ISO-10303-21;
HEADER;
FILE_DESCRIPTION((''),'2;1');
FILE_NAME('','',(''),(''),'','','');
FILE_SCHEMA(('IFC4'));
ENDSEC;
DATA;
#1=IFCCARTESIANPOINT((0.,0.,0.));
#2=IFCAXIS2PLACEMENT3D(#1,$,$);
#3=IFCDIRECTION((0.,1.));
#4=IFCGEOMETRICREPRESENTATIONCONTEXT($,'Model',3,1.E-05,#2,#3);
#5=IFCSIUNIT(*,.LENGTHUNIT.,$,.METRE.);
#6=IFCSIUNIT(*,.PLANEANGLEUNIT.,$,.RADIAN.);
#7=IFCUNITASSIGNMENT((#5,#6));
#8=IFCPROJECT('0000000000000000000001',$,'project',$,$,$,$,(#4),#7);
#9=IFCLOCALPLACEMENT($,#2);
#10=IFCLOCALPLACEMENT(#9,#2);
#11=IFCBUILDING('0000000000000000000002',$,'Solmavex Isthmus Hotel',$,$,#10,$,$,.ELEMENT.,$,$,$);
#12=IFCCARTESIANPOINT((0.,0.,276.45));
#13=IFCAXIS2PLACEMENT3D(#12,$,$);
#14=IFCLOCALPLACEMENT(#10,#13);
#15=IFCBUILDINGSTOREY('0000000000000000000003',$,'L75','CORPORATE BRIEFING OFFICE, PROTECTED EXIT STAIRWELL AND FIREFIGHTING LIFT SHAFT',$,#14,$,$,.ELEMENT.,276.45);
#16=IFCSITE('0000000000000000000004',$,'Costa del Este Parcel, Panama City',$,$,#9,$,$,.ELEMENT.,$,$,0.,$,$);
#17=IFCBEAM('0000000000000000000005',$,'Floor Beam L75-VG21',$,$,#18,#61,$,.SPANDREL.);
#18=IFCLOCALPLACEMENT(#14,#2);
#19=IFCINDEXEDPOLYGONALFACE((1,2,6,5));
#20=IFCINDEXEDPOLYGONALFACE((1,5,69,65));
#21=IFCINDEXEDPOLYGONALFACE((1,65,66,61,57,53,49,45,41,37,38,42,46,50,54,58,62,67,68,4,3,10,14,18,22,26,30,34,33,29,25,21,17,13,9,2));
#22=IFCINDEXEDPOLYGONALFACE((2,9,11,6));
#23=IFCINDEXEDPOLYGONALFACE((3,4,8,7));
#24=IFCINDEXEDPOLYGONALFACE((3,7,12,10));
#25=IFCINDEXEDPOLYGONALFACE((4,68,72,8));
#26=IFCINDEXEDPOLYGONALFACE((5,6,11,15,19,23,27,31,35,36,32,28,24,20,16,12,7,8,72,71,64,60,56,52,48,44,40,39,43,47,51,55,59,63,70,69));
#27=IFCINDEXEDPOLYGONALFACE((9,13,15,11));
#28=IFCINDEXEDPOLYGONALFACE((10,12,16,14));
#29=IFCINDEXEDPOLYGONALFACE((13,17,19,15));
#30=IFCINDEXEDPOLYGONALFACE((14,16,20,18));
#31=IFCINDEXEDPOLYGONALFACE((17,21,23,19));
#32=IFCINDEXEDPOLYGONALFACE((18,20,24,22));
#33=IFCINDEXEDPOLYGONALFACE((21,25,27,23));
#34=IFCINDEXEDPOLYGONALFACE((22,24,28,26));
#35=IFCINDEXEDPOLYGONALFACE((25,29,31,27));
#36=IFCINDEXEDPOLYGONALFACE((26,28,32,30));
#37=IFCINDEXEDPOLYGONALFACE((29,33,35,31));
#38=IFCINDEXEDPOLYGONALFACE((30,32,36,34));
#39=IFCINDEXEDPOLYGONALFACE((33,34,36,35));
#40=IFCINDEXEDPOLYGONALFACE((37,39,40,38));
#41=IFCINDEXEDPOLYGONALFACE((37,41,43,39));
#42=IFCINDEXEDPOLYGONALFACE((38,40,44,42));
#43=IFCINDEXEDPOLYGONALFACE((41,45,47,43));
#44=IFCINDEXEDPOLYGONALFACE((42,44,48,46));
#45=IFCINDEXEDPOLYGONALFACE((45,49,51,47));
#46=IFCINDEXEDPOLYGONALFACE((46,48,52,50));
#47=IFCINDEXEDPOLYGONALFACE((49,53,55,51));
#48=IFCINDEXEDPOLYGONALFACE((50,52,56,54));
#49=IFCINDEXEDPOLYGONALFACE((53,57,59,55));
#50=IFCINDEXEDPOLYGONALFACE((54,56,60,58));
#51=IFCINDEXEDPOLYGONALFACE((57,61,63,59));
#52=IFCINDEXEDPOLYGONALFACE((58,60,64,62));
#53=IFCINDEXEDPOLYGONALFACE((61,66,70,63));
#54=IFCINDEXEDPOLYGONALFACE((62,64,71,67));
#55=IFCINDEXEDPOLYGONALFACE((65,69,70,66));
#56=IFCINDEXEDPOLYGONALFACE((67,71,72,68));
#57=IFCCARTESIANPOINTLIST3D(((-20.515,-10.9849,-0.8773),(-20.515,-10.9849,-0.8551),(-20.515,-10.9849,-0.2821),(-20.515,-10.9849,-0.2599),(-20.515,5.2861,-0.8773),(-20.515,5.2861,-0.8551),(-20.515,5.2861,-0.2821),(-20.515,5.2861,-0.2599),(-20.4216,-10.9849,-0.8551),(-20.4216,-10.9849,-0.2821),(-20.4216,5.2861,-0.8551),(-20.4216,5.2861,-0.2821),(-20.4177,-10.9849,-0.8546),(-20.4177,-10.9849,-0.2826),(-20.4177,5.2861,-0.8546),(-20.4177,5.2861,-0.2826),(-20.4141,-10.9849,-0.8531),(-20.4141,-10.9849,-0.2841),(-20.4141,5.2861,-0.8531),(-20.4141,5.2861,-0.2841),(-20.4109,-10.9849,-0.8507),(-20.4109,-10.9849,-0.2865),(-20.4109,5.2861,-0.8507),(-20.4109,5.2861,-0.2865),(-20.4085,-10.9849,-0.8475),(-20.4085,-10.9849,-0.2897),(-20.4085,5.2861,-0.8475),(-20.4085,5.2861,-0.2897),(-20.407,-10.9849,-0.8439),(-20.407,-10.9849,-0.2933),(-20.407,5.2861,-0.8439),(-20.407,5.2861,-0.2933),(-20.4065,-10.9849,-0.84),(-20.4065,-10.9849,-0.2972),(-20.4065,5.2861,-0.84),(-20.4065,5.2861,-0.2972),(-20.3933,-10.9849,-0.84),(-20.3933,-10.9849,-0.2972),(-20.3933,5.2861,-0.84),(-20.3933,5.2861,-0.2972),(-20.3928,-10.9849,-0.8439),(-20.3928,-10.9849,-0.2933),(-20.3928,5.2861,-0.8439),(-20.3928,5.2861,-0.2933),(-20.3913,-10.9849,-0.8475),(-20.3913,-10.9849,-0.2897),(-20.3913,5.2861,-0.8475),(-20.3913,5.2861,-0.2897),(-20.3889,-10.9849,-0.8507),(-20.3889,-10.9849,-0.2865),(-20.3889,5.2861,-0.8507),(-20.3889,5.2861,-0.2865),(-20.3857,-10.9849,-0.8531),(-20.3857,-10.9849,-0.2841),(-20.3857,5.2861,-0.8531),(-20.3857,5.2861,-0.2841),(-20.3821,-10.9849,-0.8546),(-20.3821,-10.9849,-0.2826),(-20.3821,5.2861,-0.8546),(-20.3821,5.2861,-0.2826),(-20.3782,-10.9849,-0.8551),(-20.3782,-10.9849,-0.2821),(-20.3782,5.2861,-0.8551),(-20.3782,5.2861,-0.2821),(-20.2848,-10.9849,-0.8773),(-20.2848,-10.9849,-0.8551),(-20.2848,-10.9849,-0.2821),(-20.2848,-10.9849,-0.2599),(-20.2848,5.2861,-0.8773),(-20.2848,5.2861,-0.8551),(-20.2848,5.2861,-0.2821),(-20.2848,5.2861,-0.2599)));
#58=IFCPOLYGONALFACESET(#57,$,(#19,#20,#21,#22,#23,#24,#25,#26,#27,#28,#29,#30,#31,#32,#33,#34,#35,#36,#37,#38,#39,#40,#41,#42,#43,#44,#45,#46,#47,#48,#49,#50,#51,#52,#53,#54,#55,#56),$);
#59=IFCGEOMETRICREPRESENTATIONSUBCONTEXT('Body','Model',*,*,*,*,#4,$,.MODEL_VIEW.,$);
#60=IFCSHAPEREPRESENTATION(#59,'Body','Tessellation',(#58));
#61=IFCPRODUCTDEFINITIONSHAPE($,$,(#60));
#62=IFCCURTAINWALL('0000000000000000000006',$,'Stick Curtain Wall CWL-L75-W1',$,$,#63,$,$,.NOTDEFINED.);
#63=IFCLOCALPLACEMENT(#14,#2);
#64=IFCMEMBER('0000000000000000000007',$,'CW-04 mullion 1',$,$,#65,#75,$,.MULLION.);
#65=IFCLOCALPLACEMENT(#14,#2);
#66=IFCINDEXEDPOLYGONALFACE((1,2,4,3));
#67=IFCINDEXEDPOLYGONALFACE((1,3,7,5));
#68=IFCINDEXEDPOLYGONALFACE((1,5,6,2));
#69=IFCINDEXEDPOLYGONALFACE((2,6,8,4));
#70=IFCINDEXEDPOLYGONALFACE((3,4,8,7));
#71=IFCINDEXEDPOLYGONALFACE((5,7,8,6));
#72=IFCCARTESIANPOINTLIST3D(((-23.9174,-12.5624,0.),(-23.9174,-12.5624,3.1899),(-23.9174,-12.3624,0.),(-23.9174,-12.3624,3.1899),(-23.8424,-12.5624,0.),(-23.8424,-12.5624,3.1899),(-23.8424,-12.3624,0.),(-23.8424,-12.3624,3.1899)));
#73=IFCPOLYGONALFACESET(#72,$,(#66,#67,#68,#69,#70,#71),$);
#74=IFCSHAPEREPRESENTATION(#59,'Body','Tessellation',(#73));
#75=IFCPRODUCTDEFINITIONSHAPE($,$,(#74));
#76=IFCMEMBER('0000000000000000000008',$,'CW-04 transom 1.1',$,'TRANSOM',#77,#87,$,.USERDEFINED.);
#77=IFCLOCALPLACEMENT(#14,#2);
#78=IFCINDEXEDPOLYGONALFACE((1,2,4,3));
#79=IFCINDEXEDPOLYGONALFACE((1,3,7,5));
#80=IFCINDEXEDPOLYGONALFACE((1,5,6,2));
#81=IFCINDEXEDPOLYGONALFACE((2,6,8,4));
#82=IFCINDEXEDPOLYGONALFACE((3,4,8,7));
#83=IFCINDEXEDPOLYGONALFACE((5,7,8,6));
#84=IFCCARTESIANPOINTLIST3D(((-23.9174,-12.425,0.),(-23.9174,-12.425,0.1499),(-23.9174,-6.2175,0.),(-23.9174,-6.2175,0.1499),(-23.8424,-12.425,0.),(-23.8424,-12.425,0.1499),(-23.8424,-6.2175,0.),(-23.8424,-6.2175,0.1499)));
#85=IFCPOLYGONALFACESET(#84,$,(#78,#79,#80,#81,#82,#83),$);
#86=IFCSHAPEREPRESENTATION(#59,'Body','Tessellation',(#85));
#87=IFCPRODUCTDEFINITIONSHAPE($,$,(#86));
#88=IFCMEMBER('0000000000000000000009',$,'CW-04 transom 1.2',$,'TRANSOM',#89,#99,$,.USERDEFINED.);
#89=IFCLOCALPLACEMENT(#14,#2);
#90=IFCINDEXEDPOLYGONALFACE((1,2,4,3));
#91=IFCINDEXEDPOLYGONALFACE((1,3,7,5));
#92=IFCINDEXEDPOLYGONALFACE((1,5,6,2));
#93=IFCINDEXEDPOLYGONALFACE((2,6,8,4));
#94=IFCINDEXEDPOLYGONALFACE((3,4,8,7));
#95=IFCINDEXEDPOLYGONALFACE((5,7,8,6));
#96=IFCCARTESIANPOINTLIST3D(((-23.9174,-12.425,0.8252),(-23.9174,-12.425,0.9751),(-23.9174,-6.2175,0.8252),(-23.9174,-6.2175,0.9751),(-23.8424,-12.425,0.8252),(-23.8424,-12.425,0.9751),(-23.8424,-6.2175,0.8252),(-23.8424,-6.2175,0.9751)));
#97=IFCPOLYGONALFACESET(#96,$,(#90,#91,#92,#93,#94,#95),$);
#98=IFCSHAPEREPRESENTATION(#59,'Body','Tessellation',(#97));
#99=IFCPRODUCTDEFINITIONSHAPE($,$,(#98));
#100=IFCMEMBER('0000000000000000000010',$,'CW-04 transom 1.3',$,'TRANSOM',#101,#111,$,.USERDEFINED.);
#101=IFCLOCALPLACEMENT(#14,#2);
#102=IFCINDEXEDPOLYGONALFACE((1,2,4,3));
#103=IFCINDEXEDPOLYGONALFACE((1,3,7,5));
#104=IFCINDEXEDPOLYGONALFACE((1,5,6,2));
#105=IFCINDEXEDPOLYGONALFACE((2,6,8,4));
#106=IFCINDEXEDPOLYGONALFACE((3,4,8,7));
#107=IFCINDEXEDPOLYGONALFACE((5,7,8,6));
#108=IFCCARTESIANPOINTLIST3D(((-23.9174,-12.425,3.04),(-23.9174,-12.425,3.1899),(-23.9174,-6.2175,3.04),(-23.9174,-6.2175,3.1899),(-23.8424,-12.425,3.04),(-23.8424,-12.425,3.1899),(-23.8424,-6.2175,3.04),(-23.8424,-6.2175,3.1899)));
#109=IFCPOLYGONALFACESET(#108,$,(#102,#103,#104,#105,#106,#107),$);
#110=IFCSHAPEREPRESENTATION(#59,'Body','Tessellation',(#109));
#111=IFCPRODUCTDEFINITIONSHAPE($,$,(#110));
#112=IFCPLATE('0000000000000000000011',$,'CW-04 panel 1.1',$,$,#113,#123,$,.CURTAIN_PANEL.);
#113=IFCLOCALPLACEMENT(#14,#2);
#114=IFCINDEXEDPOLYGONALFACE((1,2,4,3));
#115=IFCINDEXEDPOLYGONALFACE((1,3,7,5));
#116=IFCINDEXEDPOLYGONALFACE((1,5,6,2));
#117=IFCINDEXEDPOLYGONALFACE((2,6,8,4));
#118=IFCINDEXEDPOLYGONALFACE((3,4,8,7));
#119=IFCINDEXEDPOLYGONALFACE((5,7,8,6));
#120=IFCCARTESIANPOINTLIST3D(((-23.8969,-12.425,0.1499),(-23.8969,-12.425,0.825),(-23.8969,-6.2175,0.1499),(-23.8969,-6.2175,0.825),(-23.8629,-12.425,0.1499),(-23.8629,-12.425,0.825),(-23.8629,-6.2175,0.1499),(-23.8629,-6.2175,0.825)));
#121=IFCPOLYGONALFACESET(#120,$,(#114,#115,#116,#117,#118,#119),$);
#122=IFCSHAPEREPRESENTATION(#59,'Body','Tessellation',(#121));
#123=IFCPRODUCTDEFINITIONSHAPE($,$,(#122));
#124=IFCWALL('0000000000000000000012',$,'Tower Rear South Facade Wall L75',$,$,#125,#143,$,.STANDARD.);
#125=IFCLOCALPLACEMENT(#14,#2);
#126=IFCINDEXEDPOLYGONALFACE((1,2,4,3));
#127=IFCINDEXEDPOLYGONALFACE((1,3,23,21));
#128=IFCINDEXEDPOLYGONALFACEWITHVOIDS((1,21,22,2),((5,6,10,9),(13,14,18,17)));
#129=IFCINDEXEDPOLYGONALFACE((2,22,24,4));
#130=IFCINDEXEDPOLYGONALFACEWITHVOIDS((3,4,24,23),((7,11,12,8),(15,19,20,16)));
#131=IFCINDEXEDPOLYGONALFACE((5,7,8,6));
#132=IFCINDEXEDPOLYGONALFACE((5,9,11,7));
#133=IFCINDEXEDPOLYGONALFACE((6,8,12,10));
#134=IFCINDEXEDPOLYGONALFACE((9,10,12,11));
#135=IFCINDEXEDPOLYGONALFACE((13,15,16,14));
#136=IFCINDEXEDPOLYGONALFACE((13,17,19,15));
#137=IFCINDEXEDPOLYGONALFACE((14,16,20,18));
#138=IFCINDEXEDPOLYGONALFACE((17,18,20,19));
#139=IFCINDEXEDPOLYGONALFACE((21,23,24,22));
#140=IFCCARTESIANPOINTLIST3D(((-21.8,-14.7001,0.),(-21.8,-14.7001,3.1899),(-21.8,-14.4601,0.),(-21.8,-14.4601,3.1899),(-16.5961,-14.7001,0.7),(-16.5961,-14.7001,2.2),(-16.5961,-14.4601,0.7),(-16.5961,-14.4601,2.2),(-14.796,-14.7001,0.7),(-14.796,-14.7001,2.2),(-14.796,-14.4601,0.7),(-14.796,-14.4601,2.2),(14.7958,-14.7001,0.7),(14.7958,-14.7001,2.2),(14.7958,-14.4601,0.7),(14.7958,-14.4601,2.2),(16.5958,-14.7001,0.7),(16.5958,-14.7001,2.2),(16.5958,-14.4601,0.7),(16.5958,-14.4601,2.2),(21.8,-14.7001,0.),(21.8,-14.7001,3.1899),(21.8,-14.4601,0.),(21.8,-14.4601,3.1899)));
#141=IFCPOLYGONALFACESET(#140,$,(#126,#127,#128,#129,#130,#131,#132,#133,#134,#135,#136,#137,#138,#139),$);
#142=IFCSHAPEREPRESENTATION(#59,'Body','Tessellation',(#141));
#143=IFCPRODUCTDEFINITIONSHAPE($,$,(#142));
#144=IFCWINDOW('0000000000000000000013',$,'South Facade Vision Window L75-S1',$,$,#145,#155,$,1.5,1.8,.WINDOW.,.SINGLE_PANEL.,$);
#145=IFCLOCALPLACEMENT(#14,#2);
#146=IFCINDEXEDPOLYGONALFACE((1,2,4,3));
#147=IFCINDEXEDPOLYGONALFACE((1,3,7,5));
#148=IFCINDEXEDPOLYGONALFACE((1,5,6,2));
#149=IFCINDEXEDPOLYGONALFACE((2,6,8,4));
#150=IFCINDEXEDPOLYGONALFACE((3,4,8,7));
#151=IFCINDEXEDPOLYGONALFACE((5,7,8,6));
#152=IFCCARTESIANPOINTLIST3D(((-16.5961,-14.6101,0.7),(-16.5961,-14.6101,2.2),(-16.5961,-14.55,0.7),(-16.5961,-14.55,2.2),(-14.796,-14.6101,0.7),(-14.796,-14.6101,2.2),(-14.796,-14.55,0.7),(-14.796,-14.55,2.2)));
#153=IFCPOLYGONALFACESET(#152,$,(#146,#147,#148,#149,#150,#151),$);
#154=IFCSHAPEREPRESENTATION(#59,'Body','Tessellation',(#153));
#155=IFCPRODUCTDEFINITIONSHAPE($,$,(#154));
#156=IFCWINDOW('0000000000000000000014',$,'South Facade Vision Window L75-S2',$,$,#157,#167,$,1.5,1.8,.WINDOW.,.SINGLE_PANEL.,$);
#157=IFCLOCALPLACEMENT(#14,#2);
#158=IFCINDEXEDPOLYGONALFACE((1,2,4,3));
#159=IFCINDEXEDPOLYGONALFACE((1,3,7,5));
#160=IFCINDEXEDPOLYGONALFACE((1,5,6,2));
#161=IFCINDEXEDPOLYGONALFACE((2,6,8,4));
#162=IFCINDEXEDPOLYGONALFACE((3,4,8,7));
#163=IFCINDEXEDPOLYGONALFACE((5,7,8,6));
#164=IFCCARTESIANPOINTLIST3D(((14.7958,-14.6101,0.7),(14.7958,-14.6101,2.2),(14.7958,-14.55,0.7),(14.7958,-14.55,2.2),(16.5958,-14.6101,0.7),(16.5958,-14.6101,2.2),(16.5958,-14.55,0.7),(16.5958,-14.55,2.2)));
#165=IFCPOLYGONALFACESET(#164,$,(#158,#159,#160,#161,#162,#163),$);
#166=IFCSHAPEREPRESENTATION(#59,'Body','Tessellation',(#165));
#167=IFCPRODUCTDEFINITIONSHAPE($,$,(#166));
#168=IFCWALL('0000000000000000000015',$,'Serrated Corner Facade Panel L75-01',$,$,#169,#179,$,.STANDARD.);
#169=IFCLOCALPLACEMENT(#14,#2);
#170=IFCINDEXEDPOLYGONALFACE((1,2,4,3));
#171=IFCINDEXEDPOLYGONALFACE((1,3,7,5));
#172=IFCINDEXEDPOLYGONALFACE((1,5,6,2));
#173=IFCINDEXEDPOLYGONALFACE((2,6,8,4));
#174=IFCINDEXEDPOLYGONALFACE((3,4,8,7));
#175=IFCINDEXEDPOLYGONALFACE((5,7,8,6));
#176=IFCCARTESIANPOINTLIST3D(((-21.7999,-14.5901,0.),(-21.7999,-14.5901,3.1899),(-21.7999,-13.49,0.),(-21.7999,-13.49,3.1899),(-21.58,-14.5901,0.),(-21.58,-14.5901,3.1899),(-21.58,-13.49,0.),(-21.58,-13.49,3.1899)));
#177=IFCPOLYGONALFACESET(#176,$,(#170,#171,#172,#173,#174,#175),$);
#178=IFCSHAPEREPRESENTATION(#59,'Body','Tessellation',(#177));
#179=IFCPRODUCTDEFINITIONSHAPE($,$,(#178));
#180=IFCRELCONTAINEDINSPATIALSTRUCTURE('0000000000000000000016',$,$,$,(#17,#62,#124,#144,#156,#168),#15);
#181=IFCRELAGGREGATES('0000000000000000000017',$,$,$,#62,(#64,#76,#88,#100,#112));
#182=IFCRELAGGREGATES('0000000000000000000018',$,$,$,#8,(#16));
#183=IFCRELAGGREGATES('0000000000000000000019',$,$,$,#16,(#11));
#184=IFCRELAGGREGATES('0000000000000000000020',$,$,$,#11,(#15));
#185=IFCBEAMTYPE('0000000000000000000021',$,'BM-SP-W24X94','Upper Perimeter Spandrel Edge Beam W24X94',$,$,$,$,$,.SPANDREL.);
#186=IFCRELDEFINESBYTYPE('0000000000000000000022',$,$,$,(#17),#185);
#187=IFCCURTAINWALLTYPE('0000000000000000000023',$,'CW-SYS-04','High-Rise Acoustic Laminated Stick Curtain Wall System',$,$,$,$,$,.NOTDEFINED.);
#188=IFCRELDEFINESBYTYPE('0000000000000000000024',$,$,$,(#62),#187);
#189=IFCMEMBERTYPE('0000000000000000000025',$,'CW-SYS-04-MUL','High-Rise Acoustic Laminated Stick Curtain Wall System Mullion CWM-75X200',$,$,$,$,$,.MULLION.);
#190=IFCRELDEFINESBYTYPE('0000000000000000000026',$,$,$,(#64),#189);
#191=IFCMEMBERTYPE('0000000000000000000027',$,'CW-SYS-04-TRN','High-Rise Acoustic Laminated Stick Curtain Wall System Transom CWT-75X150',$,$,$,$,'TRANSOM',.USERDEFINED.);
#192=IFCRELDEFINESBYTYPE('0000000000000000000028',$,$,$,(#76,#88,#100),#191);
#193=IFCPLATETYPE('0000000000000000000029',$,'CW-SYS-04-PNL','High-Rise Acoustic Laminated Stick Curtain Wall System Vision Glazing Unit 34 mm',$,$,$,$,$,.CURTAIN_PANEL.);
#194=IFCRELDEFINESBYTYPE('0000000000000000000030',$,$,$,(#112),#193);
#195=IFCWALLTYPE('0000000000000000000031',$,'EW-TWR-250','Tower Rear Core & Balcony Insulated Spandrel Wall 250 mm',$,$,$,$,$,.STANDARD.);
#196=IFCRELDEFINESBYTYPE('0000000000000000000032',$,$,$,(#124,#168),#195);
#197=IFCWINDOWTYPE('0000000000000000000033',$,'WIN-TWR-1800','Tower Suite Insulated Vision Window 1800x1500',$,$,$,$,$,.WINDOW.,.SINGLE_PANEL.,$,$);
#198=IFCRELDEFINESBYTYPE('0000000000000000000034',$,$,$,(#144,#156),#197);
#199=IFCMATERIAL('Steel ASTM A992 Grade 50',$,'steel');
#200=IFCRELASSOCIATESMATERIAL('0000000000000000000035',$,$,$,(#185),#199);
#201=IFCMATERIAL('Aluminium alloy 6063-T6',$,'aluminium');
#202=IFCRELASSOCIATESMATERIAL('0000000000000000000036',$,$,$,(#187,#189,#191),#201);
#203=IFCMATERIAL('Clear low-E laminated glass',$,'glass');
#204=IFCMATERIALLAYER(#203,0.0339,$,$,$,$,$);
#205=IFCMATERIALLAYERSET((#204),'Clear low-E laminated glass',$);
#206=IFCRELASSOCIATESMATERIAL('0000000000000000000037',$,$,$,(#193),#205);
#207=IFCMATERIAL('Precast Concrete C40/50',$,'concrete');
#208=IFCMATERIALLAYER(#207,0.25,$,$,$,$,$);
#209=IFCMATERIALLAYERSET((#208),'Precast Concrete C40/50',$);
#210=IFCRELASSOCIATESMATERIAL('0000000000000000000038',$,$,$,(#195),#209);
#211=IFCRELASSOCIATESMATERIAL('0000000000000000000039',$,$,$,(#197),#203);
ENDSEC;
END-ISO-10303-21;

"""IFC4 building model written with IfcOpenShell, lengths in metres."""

from ifc_helpers import new_model, si_unit, direction, frame, frame_2d, origin, origin_2d, place, context, subcontext, project, spatial, rectangle, i_section, extrude, material, layer, layer_set, material_profile, profile_set, type_object, element, fill, aggregate, save


model = new_model("IFC4")

# Units and contexts
model_context = context("Model", 3, precision=1e-05, world=origin(), true_north=direction((0.0, 1.0)))
body_context = subcontext(model_context, "Body", "Model", "MODEL_VIEW")
ifc_project = project(units=[si_unit("LENGTHUNIT", "METRE"), si_unit("PLANEANGLEUNIT", "RADIAN")], contexts=[model_context])

# Site, building, storey
site_placement = place(None, origin())
site = spatial("IfcSite", under=ifc_project, at=site_placement, Name="Costa del Este Parcel, Panama City", CompositionType="ELEMENT", RefElevation=0.0)
building_placement = place(site_placement, origin())
building = spatial("IfcBuilding", under=site, at=building_placement, Name="Solmavex Isthmus Hotel", CompositionType="ELEMENT")
storey_placement = place(building_placement, frame((0.0, 0.0, 276.45)))
storey = spatial("IfcBuildingStorey", under=building, at=storey_placement, Name="L75", Description="CORPORATE BRIEFING OFFICE, PROTECTED EXIT STAIRWELL AND FIREFIGHTING LIFT SHAFT", CompositionType="ELEMENT", Elevation=276.45)

# Beam
ifc_material_1 = material(Name="Steel ASTM A992 Grade 50", Category="steel")
ifc_material_profile_1 = material_profile(ifc_material_1, i_section(OverallWidth=0.2302, OverallDepth=0.6174, WebThickness=0.0132, FlangeThickness=0.0222, FilletRadius=0.0151, at=origin_2d()), Name="W24X94")
ifc_profile_set_1 = profile_set([ifc_material_profile_1], Name="Steel ASTM A992 Grade 50")
beam_type_1 = type_object("IfcBeamType", Name="BM-SP-W24X94", Description="Upper Perimeter Spandrel Edge Beam W24X94", PredefinedType="SPANDREL", material=ifc_profile_set_1)
beam_1_placement = place(storey_placement, frame((-20.3999, -10.9849, -0.5686), z_axis=(0.0, 1.0, 0.0), x_axis=(-1.0, 0.0, 0.0)))
element("IfcBeam", 1, at=beam_1_placement, inside=storey, type_object=beam_type_1, Name="Floor Beam L75-VG21", PredefinedType="SPANDREL", context=body_context, shape_type="SweptSolid", body=[
    extrude(i_section(OverallWidth=0.2302, OverallDepth=0.6174, WebThickness=0.0132, FlangeThickness=0.0222, FilletRadius=0.0151, at=origin_2d()), origin(), (0.0, 0.0, 1.0), 16.271),
])

# Curtain wall, members, plate
ifc_material_2 = material(Name="Aluminium alloy 6063-T6", Category="aluminium")
curtain_wall_type = type_object("IfcCurtainWallType", Name="CW-SYS-04", Description="High-Rise Acoustic Laminated Stick Curtain Wall System", PredefinedType="NOTDEFINED", material=ifc_material_2)
curtain_wall_placement = place(storey_placement, origin())
curtain_wall = element("IfcCurtainWall", 2, at=curtain_wall_placement, inside=storey, type_object=curtain_wall_type, Name="Stick Curtain Wall CWL-L75-W1", PredefinedType="NOTDEFINED")
ifc_material_profile_2 = material_profile(ifc_material_2, rectangle(XDim=0.075, YDim=0.2, at=origin_2d()), Name="CWM-75X200")
ifc_profile_set_2 = profile_set([ifc_material_profile_2], Name="Aluminium alloy 6063-T6")
member_type_1 = type_object("IfcMemberType", Name="CW-SYS-04-MUL", Description="High-Rise Acoustic Laminated Stick Curtain Wall System Mullion CWM-75X200", PredefinedType="MULLION", material=ifc_profile_set_2)
member_1_placement = place(storey_placement, frame((-23.8799, -12.4624, 0.0), z_axis=(0.0, 0.0, 1.0), x_axis=(-1.0, 0.0, 0.0)))
member_1 = element("IfcMember", 3, at=member_1_placement, type_object=member_type_1, Name="CW-04 mullion 1", PredefinedType="MULLION", context=body_context, shape_type="SweptSolid", body=[
    extrude(rectangle(XDim=0.075, YDim=0.2, at=origin_2d()), origin(), (0.0, 0.0, 1.0), 3.1899),
])
ifc_material_profile_3 = material_profile(ifc_material_2, rectangle(XDim=0.075, YDim=0.1499, at=origin_2d()), Name="CWT-75X150")
ifc_profile_set_3 = profile_set([ifc_material_profile_3], Name="Aluminium alloy 6063-T6")
member_type_2 = type_object("IfcMemberType", Name="CW-SYS-04-TRN", Description="High-Rise Acoustic Laminated Stick Curtain Wall System Transom CWT-75X150", ElementType="TRANSOM", PredefinedType="USERDEFINED", material=ifc_profile_set_3)
member_2_placement = place(storey_placement, frame((-23.8799, -12.425, 0.075), z_axis=(0.0, 1.0, 0.0), x_axis=(-1.0, 0.0, 0.0)))
member_2 = element("IfcMember", 4, at=member_2_placement, type_object=member_type_2, Name="CW-04 transom 1.1", ObjectType="TRANSOM", PredefinedType="USERDEFINED", context=body_context, shape_type="SweptSolid", body=[
    extrude(rectangle(XDim=0.075, YDim=0.1499, at=origin_2d()), origin(), (0.0, 0.0, 1.0), 6.2075),
])
member_3_placement = place(storey_placement, frame((-23.8799, -12.425, 0.9001), z_axis=(0.0, 1.0, 0.0), x_axis=(-1.0, 0.0, 0.0)))
member_3 = element("IfcMember", 5, at=member_3_placement, type_object=member_type_2, Name="CW-04 transom 1.2", ObjectType="TRANSOM", PredefinedType="USERDEFINED", context=body_context, shape_type="SweptSolid", body=[
    extrude(rectangle(XDim=0.075, YDim=0.1499, at=origin_2d()), origin(), (0.0, 0.0, 1.0), 6.2075),
])
member_4_placement = place(storey_placement, frame((-23.8799, -12.425, 3.115), z_axis=(0.0, 1.0, 0.0), x_axis=(-1.0, 0.0, 0.0)))
member_4 = element("IfcMember", 6, at=member_4_placement, type_object=member_type_2, Name="CW-04 transom 1.3", ObjectType="TRANSOM", PredefinedType="USERDEFINED", context=body_context, shape_type="SweptSolid", body=[
    extrude(rectangle(XDim=0.075, YDim=0.1499, at=origin_2d()), origin(), (0.0, 0.0, 1.0), 6.2075),
])
ifc_material_3 = material(Name="Clear low-E laminated glass", Category="glass")
ifc_layer_1 = layer(ifc_material_3, 0.0339)
ifc_layer_set_1 = layer_set([ifc_layer_1], Name="Clear low-E laminated glass")
plate_type = type_object("IfcPlateType", Name="CW-SYS-04-PNL", Description="High-Rise Acoustic Laminated Stick Curtain Wall System Vision Glazing Unit 34 mm", PredefinedType="CURTAIN_PANEL", material=ifc_layer_set_1)
plate_placement = place(storey_placement, frame((-23.8799, -9.3213, 0.1499), z_axis=(0.0, 0.0, 1.0), x_axis=(0.0, 1.0, 0.0)))
plate = element("IfcPlate", 7, at=plate_placement, type_object=plate_type, Name="CW-04 panel 1.1", PredefinedType="CURTAIN_PANEL", context=body_context, shape_type="SweptSolid", body=[
    extrude(rectangle(XDim=6.2075, YDim=0.0339, at=origin_2d()), origin(), (0.0, 0.0, 1.0), 0.675),
])
aggregate(curtain_wall, [member_1, member_2, member_3, member_4, plate])

# Wall, openings, windows
ifc_material_4 = material(Name="Precast Concrete C40/50", Category="concrete")
ifc_layer_2 = layer(ifc_material_4, 0.25)
ifc_layer_set_2 = layer_set([ifc_layer_2], Name="Precast Concrete C40/50")
wall_type_1 = type_object("IfcWallType", Name="EW-TWR-250", Description="Tower Rear Core & Balcony Insulated Spandrel Wall 250 mm", PredefinedType="STANDARD", material=ifc_layer_set_2)
wall_1_placement = place(storey_placement, frame((-21.8, -14.5801, 0.0), z_axis=(0.0, 0.0, 1.0), x_axis=(1.0, 0.0, 0.0)))
wall_1 = element("IfcWall", 8, at=wall_1_placement, inside=storey, type_object=wall_type_1, Name="Tower Rear South Facade Wall L75", PredefinedType="STANDARD", context=body_context, shape_type="SweptSolid", body=[
    extrude(rectangle(XDim=43.6001, YDim=0.24, at=frame_2d((21.8, 0.0))), origin(), (0.0, 0.0, 1.0), 3.1899),
])
opening_1_placement = place(wall_1_placement, frame((5.2041, 0.0, 0.7)))
opening_1 = element("IfcOpeningElement", 9, at=opening_1_placement, cuts=wall_1, PredefinedType="OPENING", context=body_context, shape_type="SweptSolid", body=[
    extrude(rectangle(XDim=1.8, YDim=1.5, at=frame_2d((0.8999, 0.75))), frame((0.0, 0.1299, 0.0), z_axis=(0.0, -1.0, 0.0), x_axis=(1.0, 0.0, 0.0)), (0.0, 0.0, 1.0), 0.26),
])
opening_2_placement = place(wall_1_placement, frame((36.5959, 0.0, 0.7)))
opening_2 = element("IfcOpeningElement", 10, at=opening_2_placement, cuts=wall_1, PredefinedType="OPENING", context=body_context, shape_type="SweptSolid", body=[
    extrude(rectangle(XDim=1.8, YDim=1.5, at=frame_2d((0.8999, 0.75))), frame((0.0, 0.1299, 0.0), z_axis=(0.0, -1.0, 0.0), x_axis=(1.0, 0.0, 0.0)), (0.0, 0.0, 1.0), 0.26),
])
window_type = type_object("IfcWindowType", Name="WIN-TWR-1800", Description="Tower Suite Insulated Vision Window 1800x1500", PartitioningType="SINGLE_PANEL", PredefinedType="WINDOW", material=ifc_material_3)
window_1_placement = place(opening_1_placement, origin())
window_1 = element("IfcWindow", 11, at=window_1_placement, inside=storey, type_object=window_type, Name="South Facade Vision Window L75-S1", OverallHeight=1.5, OverallWidth=1.8, PartitioningType="SINGLE_PANEL", PredefinedType="WINDOW", context=body_context, shape_type="SweptSolid", body=[
    extrude(rectangle(XDim=1.8, YDim=1.5, at=frame_2d((0.8999, 0.75))), frame((0.0, 0.03, 0.0), z_axis=(0.0, -1.0, 0.0), x_axis=(1.0, 0.0, 0.0)), (0.0, 0.0, 1.0), 0.0601),
])
fill(opening_1, window_1)
window_2_placement = place(opening_2_placement, origin())
window_2 = element("IfcWindow", 12, at=window_2_placement, inside=storey, type_object=window_type, Name="South Facade Vision Window L75-S2", OverallHeight=1.5, OverallWidth=1.8, PartitioningType="SINGLE_PANEL", PredefinedType="WINDOW", context=body_context, shape_type="SweptSolid", body=[
    extrude(rectangle(XDim=1.8, YDim=1.5, at=frame_2d((0.8999, 0.75))), frame((0.0, 0.03, 0.0), z_axis=(0.0, -1.0, 0.0), x_axis=(1.0, 0.0, 0.0)), (0.0, 0.0, 1.0), 0.0601),
])
fill(opening_2, window_2)

# Wall
for number, where, z_axis, x_axis, name in (
    (13, (-21.6899, -14.5901, 0.0), (0.0, 0.0, 1.0), (0.0, 1.0, 0.0), "Serrated Corner Facade Panel L75-01"),
):
    element("IfcWall", number, at=place(storey_placement, frame(where, z_axis=z_axis, x_axis=x_axis)), inside=storey, type_object=wall_type_1, Name=name, PredefinedType="STANDARD", context=body_context, shape_type="SweptSolid", body=[
        extrude(rectangle(XDim=1.1001, YDim=0.22, at=frame_2d((0.55, 0.0))), origin(), (0.0, 0.0, 1.0), 3.1899),
    ])

save(model, "model.ifc")
